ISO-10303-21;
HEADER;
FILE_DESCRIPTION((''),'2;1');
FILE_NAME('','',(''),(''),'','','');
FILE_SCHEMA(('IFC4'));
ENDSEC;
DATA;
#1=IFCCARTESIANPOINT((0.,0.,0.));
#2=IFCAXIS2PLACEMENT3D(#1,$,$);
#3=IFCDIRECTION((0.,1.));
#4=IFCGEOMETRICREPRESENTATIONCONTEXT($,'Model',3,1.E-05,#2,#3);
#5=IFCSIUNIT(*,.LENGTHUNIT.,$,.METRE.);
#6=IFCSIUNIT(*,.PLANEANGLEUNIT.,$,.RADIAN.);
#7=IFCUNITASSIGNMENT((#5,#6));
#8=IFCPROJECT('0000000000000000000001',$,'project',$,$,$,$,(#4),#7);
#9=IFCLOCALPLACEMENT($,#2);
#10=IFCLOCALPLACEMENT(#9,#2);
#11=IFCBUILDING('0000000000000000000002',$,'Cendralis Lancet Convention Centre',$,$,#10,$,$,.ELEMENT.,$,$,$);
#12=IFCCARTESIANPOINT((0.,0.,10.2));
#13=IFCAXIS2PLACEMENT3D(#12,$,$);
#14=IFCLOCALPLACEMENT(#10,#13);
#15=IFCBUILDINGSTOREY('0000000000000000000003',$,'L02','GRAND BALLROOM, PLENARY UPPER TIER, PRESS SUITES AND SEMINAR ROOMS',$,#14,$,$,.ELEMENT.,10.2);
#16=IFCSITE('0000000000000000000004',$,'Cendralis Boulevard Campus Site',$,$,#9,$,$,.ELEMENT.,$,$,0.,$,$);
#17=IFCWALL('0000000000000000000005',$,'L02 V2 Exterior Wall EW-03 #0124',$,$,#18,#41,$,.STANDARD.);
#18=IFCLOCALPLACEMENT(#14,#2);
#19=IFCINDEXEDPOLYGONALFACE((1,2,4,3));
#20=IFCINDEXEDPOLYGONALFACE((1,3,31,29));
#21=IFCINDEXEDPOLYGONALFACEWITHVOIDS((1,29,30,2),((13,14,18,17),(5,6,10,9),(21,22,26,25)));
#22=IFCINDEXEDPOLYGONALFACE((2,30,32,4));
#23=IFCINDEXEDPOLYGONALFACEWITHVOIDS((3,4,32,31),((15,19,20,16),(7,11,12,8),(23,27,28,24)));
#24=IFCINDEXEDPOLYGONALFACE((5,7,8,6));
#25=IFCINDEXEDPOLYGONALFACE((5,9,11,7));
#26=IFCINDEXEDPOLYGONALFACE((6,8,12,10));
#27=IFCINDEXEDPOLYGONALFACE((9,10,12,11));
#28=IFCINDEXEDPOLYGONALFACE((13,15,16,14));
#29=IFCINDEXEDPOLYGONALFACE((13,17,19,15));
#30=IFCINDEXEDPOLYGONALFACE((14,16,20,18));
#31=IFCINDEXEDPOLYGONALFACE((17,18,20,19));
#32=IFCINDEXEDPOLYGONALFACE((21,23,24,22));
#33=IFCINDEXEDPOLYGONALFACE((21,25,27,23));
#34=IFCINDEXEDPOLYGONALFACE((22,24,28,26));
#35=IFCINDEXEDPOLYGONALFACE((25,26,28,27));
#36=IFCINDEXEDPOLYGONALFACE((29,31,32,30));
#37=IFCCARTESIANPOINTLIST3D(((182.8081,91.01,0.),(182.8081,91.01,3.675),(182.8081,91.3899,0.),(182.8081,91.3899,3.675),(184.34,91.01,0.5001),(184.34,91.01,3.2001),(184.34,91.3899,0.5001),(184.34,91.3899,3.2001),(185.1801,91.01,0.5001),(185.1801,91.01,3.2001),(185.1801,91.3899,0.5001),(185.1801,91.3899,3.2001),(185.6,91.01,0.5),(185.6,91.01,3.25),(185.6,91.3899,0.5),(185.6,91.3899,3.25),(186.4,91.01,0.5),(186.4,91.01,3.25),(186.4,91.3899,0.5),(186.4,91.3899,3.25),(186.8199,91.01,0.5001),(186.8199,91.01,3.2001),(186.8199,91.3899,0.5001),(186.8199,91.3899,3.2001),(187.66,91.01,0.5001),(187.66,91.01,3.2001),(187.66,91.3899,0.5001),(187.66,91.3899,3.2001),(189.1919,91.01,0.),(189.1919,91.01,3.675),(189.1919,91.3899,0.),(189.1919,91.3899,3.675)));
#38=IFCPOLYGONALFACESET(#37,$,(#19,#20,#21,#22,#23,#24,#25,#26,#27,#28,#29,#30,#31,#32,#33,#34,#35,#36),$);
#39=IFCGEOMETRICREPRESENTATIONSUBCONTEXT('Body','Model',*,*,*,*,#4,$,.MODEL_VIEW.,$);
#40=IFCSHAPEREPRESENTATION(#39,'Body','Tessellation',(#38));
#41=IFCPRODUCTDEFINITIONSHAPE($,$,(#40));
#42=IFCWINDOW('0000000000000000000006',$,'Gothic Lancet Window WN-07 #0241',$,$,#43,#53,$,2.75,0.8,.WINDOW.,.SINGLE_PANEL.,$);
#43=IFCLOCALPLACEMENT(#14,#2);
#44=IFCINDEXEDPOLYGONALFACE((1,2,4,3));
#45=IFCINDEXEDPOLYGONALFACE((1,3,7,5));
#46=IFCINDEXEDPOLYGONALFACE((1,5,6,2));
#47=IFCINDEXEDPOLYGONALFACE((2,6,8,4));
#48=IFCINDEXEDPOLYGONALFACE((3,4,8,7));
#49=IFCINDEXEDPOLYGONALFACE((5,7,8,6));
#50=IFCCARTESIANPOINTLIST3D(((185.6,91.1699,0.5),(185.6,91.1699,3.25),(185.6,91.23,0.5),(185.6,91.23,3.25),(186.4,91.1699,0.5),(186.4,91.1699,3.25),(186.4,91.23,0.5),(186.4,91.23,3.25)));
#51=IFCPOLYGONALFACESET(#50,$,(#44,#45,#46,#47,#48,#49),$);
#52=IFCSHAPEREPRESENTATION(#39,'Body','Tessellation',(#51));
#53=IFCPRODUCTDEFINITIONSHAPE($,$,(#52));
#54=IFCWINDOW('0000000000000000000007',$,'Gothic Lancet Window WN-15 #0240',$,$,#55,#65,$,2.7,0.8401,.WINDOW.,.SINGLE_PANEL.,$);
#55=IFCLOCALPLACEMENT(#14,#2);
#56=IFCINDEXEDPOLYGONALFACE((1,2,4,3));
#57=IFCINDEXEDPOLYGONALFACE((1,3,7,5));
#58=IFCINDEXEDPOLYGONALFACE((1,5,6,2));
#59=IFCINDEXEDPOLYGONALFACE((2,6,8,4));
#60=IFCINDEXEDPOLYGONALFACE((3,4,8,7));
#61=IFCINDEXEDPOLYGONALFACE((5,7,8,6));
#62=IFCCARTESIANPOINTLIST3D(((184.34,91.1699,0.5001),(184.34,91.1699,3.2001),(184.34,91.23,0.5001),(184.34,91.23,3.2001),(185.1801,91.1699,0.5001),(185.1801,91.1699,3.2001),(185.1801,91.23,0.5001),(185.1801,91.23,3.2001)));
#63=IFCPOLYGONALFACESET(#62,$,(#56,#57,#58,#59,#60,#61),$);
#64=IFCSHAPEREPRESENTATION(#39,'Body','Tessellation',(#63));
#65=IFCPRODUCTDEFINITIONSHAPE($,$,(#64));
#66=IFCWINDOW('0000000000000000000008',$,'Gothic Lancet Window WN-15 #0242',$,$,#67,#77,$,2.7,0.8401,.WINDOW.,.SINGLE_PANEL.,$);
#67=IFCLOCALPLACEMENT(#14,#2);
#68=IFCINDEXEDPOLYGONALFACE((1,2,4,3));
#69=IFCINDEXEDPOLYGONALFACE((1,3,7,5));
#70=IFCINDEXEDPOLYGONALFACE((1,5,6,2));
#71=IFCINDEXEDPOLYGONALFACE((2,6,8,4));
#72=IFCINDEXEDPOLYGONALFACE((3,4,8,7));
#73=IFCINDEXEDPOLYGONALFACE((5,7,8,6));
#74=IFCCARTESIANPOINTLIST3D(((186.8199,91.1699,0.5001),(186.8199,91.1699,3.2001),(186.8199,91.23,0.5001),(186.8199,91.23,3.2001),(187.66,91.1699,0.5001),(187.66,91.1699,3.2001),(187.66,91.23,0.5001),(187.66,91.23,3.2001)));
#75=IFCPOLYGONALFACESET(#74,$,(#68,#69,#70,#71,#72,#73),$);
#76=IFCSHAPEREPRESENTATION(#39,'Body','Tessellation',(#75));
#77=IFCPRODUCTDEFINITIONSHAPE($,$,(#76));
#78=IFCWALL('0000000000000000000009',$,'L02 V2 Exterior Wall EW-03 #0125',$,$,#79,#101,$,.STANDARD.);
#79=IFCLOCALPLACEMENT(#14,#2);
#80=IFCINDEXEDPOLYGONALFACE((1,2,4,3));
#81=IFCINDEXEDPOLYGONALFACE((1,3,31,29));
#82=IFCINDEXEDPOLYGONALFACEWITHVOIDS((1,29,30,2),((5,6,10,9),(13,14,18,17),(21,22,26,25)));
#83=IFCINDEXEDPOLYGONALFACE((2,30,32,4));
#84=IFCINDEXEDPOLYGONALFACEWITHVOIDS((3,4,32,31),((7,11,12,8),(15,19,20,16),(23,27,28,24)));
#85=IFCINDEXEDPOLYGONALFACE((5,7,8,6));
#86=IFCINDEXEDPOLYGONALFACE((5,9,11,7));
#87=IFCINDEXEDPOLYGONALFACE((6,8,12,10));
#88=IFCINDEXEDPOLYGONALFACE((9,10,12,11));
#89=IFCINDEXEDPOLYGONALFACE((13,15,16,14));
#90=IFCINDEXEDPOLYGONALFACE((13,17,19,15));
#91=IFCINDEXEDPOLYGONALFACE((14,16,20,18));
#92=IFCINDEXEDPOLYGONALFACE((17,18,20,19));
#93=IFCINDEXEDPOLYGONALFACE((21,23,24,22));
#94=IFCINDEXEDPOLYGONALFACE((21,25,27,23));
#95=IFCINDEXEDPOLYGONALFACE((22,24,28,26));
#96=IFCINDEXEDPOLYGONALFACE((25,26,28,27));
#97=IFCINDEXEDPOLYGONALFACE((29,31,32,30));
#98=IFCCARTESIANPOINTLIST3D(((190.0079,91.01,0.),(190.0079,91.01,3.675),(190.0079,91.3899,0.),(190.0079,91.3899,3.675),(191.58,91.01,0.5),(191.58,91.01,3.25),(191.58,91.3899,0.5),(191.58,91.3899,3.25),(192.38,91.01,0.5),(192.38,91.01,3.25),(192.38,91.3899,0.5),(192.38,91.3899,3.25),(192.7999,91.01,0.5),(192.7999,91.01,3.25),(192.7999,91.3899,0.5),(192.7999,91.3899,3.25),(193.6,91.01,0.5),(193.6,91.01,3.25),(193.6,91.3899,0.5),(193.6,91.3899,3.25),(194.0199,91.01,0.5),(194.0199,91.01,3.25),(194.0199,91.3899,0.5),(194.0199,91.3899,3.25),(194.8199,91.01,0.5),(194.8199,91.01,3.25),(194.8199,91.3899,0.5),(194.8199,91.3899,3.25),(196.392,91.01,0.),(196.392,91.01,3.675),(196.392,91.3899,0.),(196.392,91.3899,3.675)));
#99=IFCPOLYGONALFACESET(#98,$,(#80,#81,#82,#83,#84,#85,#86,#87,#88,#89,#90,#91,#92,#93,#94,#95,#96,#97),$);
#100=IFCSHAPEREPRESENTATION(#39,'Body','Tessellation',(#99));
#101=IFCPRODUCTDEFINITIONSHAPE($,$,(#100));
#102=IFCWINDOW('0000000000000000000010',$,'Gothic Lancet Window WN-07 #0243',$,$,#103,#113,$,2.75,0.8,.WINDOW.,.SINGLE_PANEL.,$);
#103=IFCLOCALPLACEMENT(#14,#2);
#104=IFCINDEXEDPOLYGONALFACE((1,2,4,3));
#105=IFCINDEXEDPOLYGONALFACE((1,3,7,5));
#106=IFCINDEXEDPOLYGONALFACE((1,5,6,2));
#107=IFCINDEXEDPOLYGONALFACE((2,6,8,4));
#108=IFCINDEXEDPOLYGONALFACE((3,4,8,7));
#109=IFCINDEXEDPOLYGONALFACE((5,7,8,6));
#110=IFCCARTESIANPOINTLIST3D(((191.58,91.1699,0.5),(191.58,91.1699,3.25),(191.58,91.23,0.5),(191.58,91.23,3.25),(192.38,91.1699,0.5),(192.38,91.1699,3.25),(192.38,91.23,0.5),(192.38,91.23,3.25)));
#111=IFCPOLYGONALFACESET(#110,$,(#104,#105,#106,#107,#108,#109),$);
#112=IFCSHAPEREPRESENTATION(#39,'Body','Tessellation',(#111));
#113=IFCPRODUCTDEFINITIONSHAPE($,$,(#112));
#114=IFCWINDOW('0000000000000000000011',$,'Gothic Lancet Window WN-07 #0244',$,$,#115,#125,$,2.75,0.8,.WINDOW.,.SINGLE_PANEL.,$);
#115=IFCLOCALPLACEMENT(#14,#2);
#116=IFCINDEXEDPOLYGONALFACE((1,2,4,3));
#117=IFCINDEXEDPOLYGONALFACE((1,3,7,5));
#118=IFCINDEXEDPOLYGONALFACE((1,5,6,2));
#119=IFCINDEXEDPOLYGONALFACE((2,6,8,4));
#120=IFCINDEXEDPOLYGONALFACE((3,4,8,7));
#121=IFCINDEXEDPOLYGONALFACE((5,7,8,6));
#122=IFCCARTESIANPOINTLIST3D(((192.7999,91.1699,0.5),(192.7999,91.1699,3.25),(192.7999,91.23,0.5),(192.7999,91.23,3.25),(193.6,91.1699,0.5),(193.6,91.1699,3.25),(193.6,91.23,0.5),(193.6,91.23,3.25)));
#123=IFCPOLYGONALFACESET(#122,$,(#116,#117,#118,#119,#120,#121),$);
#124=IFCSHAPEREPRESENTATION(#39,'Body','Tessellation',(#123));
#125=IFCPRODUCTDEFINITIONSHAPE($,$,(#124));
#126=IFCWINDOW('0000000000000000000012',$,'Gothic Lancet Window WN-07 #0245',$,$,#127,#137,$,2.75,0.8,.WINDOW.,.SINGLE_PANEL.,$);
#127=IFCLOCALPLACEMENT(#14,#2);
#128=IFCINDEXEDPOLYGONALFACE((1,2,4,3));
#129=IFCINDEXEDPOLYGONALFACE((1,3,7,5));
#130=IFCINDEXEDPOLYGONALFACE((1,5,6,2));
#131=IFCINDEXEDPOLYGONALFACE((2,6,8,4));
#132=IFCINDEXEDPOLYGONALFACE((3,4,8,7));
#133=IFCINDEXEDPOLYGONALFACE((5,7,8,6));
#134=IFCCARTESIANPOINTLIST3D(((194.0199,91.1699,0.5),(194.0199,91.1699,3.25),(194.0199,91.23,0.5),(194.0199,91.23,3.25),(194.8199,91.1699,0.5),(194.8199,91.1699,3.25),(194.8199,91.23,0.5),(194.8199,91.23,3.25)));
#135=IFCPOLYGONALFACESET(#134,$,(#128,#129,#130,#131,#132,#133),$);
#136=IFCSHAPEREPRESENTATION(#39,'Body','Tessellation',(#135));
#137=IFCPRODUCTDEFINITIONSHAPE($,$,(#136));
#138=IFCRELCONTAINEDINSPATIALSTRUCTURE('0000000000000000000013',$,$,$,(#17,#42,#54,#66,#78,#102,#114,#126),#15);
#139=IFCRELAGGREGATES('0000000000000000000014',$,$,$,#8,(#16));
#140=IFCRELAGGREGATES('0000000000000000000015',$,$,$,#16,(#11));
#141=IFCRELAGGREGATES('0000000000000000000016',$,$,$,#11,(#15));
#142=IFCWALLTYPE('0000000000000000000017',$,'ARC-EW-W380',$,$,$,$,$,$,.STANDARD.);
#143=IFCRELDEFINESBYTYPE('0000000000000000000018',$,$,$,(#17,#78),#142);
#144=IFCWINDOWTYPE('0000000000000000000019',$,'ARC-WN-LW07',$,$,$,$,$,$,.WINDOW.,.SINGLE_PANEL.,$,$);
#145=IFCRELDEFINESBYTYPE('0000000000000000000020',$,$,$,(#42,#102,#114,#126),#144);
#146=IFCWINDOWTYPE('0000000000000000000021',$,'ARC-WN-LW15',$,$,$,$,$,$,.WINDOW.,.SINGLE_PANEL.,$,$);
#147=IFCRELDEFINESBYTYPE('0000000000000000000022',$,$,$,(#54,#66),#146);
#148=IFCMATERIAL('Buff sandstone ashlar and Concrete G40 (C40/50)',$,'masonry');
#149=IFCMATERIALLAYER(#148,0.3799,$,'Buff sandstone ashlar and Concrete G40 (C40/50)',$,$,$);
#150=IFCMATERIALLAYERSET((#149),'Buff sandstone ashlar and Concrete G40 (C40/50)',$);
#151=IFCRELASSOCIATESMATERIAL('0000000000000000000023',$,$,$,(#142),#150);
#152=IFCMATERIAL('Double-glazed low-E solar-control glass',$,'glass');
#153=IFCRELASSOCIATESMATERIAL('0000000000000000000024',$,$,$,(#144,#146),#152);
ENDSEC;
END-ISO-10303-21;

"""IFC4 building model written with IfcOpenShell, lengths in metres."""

from ifc_helpers import new_model, si_unit, direction, frame, frame_2d, origin, place, context, subcontext, project, spatial, rectangle, extrude, material, layer, layer_set, type_object, element, fill, save


model = new_model("IFC4")

# Units and contexts
model_context = context("Model", 3, precision=1e-05, world=origin(), true_north=direction((0.0, 1.0)))
body_context = subcontext(model_context, "Body", "Model", "MODEL_VIEW")
ifc_project = project(units=[si_unit("LENGTHUNIT", "METRE"), si_unit("PLANEANGLEUNIT", "RADIAN")], contexts=[model_context])

# Site, building, storey
site_placement = place(None, origin())
site = spatial("IfcSite", under=ifc_project, at=site_placement, Name="Cendralis Boulevard Campus Site", CompositionType="ELEMENT", RefElevation=0.0)
building_placement = place(site_placement, origin())
building = spatial("IfcBuilding", under=site, at=building_placement, Name="Cendralis Lancet Convention Centre", CompositionType="ELEMENT")
storey_placement = place(building_placement, frame((0.0, 0.0, 10.2)))
storey = spatial("IfcBuildingStorey", under=building, at=storey_placement, Name="L02", Description="GRAND BALLROOM, PLENARY UPPER TIER, PRESS SUITES AND SEMINAR ROOMS", CompositionType="ELEMENT", Elevation=10.2)

# Walls, openings, windows
ifc_material_1 = material(Name="Buff sandstone ashlar and Concrete G40 (C40/50)", Category="masonry")
ifc_layer = layer(ifc_material_1, 0.3799, Name="Buff sandstone ashlar and Concrete G40 (C40/50)")
ifc_layer_set = layer_set([ifc_layer], Name="Buff sandstone ashlar and Concrete G40 (C40/50)")
wall_type = type_object("IfcWallType", Name="ARC-EW-W380", PredefinedType="STANDARD", material=ifc_layer_set)
wall_1_placement = place(storey_placement, frame((182.8081, 91.2, 0.0), z_axis=(0.0, 0.0, 1.0), x_axis=(1.0, 0.0, 0.0)))
wall_1 = element("IfcWall", 1, at=wall_1_placement, inside=storey, type_object=wall_type, Name="L02 V2 Exterior Wall EW-03 #0124", PredefinedType="STANDARD", context=body_context, shape_type="SweptSolid", body=[
    extrude(rectangle(XDim=6.3838, YDim=0.3799, at=frame_2d((3.1919, 0.0))), origin(), (0.0, 0.0, 1.0), 3.675),
])
opening_1_placement = place(wall_1_placement, frame((1.532, 0.0, 0.5)))
opening_1 = element("IfcOpeningElement", 2, at=opening_1_placement, cuts=wall_1, PredefinedType="OPENING", context=body_context, shape_type="SweptSolid", body=[
    extrude(rectangle(XDim=0.8401, YDim=2.7, at=frame_2d((0.4199, 1.3501))), frame((0.0, 0.2, 0.0), z_axis=(0.0, -1.0, 0.0), x_axis=(1.0, 0.0, 0.0)), (0.0, 0.0, 1.0), 0.3999),
])
opening_2_placement = place(wall_1_placement, frame((2.792, 0.0, 0.5)))
opening_2 = element("IfcOpeningElement", 3, at=opening_2_placement, cuts=wall_1, PredefinedType="OPENING", context=body_context, shape_type="SweptSolid", body=[
    extrude(rectangle(XDim=0.8, YDim=2.75, at=frame_2d((0.3999, 1.375))), frame((0.0, 0.2, 0.0), z_axis=(0.0, -1.0, 0.0), x_axis=(1.0, 0.0, 0.0)), (0.0, 0.0, 1.0), 0.3999),
])
opening_3_placement = place(wall_1_placement, frame((4.012, 0.0, 0.5)))
opening_3 = element("IfcOpeningElement", 4, at=opening_3_placement, cuts=wall_1, PredefinedType="OPENING", context=body_context, shape_type="SweptSolid", body=[
    extrude(rectangle(XDim=0.8401, YDim=2.7, at=frame_2d((0.4199, 1.3501))), frame((0.0, 0.2, 0.0), z_axis=(0.0, -1.0, 0.0), x_axis=(1.0, 0.0, 0.0)), (0.0, 0.0, 1.0), 0.3999),
])
ifc_material_2 = material(Name="Double-glazed low-E solar-control glass", Category="glass")
window_type_1 = type_object("IfcWindowType", Name="ARC-WN-LW07", PartitioningType="SINGLE_PANEL", PredefinedType="WINDOW", material=ifc_material_2)
window_1_placement = place(opening_2_placement, origin())
window_1 = element("IfcWindow", 5, at=window_1_placement, inside=storey, type_object=window_type_1, Name="Gothic Lancet Window WN-07 #0241", OverallHeight=2.75, OverallWidth=0.8, PartitioningType="SINGLE_PANEL", PredefinedType="WINDOW", context=body_context, shape_type="SweptSolid", body=[
    extrude(rectangle(XDim=0.8, YDim=2.75, at=frame_2d((0.3999, 1.375))), frame((0.0, 0.03, 0.0), z_axis=(0.0, -1.0, 0.0), x_axis=(1.0, 0.0, 0.0)), (0.0, 0.0, 1.0), 0.0601),
])
fill(opening_2, window_1)
window_type_2 = type_object("IfcWindowType", Name="ARC-WN-LW15", PartitioningType="SINGLE_PANEL", PredefinedType="WINDOW", material=ifc_material_2)
window_2_placement = place(opening_1_placement, origin())
window_2 = element("IfcWindow", 6, at=window_2_placement, inside=storey, type_object=window_type_2, Name="Gothic Lancet Window WN-15 #0240", OverallHeight=2.7, OverallWidth=0.8401, PartitioningType="SINGLE_PANEL", PredefinedType="WINDOW", context=body_context, shape_type="SweptSolid", body=[
    extrude(rectangle(XDim=0.8401, YDim=2.7, at=frame_2d((0.4199, 1.3501))), frame((0.0, 0.03, 0.0), z_axis=(0.0, -1.0, 0.0), x_axis=(1.0, 0.0, 0.0)), (0.0, 0.0, 1.0), 0.0601),
])
fill(opening_1, window_2)
window_3_placement = place(opening_3_placement, origin())
window_3 = element("IfcWindow", 7, at=window_3_placement, inside=storey, type_object=window_type_2, Name="Gothic Lancet Window WN-15 #0242", OverallHeight=2.7, OverallWidth=0.8401, PartitioningType="SINGLE_PANEL", PredefinedType="WINDOW", context=body_context, shape_type="SweptSolid", body=[
    extrude(rectangle(XDim=0.8401, YDim=2.7, at=frame_2d((0.4199, 1.3501))), frame((0.0, 0.03, 0.0), z_axis=(0.0, -1.0, 0.0), x_axis=(1.0, 0.0, 0.0)), (0.0, 0.0, 1.0), 0.0601),
])
fill(opening_3, window_3)
wall_2_placement = place(storey_placement, frame((190.0081, 91.2, 0.0), z_axis=(0.0, 0.0, 1.0), x_axis=(1.0, 0.0, 0.0)))
wall_2 = element("IfcWall", 8, at=wall_2_placement, inside=storey, type_object=wall_type, Name="L02 V2 Exterior Wall EW-03 #0125", PredefinedType="STANDARD", context=body_context, shape_type="SweptSolid", body=[
    extrude(rectangle(XDim=6.384, YDim=0.3799, at=frame_2d((3.1919, 0.0))), origin(), (0.0, 0.0, 1.0), 3.675),
])
opening_4_placement = place(wall_2_placement, frame((1.572, 0.0, 0.5)))
opening_4 = element("IfcOpeningElement", 9, at=opening_4_placement, cuts=wall_2, PredefinedType="OPENING", context=body_context, shape_type="SweptSolid", body=[
    extrude(rectangle(XDim=0.8, YDim=2.75, at=frame_2d((0.3999, 1.375))), frame((0.0, 0.2, 0.0), z_axis=(0.0, -1.0, 0.0), x_axis=(1.0, 0.0, 0.0)), (0.0, 0.0, 1.0), 0.3999),
])
opening_5_placement = place(wall_2_placement, frame((2.792, 0.0, 0.5)))
opening_5 = element("IfcOpeningElement", 10, at=opening_5_placement, cuts=wall_2, PredefinedType="OPENING", context=body_context, shape_type="SweptSolid", body=[
    extrude(rectangle(XDim=0.8, YDim=2.75, at=frame_2d((0.3999, 1.375))), frame((0.0, 0.2, 0.0), z_axis=(0.0, -1.0, 0.0), x_axis=(1.0, 0.0, 0.0)), (0.0, 0.0, 1.0), 0.3999),
])
opening_6_placement = place(wall_2_placement, frame((4.012, 0.0, 0.5)))
opening_6 = element("IfcOpeningElement", 11, at=opening_6_placement, cuts=wall_2, PredefinedType="OPENING", context=body_context, shape_type="SweptSolid", body=[
    extrude(rectangle(XDim=0.8, YDim=2.75, at=frame_2d((0.3999, 1.375))), frame((0.0, 0.2, 0.0), z_axis=(0.0, -1.0, 0.0), x_axis=(1.0, 0.0, 0.0)), (0.0, 0.0, 1.0), 0.3999),
])
window_4_placement = place(opening_4_placement, origin())
window_4 = element("IfcWindow", 12, at=window_4_placement, inside=storey, type_object=window_type_1, Name="Gothic Lancet Window WN-07 #0243", OverallHeight=2.75, OverallWidth=0.8, PartitioningType="SINGLE_PANEL", PredefinedType="WINDOW", context=body_context, shape_type="SweptSolid", body=[
    extrude(rectangle(XDim=0.8, YDim=2.75, at=frame_2d((0.3999, 1.375))), frame((0.0, 0.03, 0.0), z_axis=(0.0, -1.0, 0.0), x_axis=(1.0, 0.0, 0.0)), (0.0, 0.0, 1.0), 0.0601),
])
fill(opening_4, window_4)
window_5_placement = place(opening_5_placement, origin())
window_5 = element("IfcWindow", 13, at=window_5_placement, inside=storey, type_object=window_type_1, Name="Gothic Lancet Window WN-07 #0244", OverallHeight=2.75, OverallWidth=0.8, PartitioningType="SINGLE_PANEL", PredefinedType="WINDOW", context=body_context, shape_type="SweptSolid", body=[
    extrude(rectangle(XDim=0.8, YDim=2.75, at=frame_2d((0.3999, 1.375))), frame((0.0, 0.03, 0.0), z_axis=(0.0, -1.0, 0.0), x_axis=(1.0, 0.0, 0.0)), (0.0, 0.0, 1.0), 0.0601),
])
fill(opening_5, window_5)
window_6_placement = place(opening_6_placement, origin())
window_6 = element("IfcWindow", 14, at=window_6_placement, inside=storey, type_object=window_type_1, Name="Gothic Lancet Window WN-07 #0245", OverallHeight=2.75, OverallWidth=0.8, PartitioningType="SINGLE_PANEL", PredefinedType="WINDOW", context=body_context, shape_type="SweptSolid", body=[
    extrude(rectangle(XDim=0.8, YDim=2.75, at=frame_2d((0.3999, 1.375))), frame((0.0, 0.03, 0.0), z_axis=(0.0, -1.0, 0.0), x_axis=(1.0, 0.0, 0.0)), (0.0, 0.0, 1.0), 0.0601),
])
fill(opening_6, window_6)

save(model, "model.ifc")
